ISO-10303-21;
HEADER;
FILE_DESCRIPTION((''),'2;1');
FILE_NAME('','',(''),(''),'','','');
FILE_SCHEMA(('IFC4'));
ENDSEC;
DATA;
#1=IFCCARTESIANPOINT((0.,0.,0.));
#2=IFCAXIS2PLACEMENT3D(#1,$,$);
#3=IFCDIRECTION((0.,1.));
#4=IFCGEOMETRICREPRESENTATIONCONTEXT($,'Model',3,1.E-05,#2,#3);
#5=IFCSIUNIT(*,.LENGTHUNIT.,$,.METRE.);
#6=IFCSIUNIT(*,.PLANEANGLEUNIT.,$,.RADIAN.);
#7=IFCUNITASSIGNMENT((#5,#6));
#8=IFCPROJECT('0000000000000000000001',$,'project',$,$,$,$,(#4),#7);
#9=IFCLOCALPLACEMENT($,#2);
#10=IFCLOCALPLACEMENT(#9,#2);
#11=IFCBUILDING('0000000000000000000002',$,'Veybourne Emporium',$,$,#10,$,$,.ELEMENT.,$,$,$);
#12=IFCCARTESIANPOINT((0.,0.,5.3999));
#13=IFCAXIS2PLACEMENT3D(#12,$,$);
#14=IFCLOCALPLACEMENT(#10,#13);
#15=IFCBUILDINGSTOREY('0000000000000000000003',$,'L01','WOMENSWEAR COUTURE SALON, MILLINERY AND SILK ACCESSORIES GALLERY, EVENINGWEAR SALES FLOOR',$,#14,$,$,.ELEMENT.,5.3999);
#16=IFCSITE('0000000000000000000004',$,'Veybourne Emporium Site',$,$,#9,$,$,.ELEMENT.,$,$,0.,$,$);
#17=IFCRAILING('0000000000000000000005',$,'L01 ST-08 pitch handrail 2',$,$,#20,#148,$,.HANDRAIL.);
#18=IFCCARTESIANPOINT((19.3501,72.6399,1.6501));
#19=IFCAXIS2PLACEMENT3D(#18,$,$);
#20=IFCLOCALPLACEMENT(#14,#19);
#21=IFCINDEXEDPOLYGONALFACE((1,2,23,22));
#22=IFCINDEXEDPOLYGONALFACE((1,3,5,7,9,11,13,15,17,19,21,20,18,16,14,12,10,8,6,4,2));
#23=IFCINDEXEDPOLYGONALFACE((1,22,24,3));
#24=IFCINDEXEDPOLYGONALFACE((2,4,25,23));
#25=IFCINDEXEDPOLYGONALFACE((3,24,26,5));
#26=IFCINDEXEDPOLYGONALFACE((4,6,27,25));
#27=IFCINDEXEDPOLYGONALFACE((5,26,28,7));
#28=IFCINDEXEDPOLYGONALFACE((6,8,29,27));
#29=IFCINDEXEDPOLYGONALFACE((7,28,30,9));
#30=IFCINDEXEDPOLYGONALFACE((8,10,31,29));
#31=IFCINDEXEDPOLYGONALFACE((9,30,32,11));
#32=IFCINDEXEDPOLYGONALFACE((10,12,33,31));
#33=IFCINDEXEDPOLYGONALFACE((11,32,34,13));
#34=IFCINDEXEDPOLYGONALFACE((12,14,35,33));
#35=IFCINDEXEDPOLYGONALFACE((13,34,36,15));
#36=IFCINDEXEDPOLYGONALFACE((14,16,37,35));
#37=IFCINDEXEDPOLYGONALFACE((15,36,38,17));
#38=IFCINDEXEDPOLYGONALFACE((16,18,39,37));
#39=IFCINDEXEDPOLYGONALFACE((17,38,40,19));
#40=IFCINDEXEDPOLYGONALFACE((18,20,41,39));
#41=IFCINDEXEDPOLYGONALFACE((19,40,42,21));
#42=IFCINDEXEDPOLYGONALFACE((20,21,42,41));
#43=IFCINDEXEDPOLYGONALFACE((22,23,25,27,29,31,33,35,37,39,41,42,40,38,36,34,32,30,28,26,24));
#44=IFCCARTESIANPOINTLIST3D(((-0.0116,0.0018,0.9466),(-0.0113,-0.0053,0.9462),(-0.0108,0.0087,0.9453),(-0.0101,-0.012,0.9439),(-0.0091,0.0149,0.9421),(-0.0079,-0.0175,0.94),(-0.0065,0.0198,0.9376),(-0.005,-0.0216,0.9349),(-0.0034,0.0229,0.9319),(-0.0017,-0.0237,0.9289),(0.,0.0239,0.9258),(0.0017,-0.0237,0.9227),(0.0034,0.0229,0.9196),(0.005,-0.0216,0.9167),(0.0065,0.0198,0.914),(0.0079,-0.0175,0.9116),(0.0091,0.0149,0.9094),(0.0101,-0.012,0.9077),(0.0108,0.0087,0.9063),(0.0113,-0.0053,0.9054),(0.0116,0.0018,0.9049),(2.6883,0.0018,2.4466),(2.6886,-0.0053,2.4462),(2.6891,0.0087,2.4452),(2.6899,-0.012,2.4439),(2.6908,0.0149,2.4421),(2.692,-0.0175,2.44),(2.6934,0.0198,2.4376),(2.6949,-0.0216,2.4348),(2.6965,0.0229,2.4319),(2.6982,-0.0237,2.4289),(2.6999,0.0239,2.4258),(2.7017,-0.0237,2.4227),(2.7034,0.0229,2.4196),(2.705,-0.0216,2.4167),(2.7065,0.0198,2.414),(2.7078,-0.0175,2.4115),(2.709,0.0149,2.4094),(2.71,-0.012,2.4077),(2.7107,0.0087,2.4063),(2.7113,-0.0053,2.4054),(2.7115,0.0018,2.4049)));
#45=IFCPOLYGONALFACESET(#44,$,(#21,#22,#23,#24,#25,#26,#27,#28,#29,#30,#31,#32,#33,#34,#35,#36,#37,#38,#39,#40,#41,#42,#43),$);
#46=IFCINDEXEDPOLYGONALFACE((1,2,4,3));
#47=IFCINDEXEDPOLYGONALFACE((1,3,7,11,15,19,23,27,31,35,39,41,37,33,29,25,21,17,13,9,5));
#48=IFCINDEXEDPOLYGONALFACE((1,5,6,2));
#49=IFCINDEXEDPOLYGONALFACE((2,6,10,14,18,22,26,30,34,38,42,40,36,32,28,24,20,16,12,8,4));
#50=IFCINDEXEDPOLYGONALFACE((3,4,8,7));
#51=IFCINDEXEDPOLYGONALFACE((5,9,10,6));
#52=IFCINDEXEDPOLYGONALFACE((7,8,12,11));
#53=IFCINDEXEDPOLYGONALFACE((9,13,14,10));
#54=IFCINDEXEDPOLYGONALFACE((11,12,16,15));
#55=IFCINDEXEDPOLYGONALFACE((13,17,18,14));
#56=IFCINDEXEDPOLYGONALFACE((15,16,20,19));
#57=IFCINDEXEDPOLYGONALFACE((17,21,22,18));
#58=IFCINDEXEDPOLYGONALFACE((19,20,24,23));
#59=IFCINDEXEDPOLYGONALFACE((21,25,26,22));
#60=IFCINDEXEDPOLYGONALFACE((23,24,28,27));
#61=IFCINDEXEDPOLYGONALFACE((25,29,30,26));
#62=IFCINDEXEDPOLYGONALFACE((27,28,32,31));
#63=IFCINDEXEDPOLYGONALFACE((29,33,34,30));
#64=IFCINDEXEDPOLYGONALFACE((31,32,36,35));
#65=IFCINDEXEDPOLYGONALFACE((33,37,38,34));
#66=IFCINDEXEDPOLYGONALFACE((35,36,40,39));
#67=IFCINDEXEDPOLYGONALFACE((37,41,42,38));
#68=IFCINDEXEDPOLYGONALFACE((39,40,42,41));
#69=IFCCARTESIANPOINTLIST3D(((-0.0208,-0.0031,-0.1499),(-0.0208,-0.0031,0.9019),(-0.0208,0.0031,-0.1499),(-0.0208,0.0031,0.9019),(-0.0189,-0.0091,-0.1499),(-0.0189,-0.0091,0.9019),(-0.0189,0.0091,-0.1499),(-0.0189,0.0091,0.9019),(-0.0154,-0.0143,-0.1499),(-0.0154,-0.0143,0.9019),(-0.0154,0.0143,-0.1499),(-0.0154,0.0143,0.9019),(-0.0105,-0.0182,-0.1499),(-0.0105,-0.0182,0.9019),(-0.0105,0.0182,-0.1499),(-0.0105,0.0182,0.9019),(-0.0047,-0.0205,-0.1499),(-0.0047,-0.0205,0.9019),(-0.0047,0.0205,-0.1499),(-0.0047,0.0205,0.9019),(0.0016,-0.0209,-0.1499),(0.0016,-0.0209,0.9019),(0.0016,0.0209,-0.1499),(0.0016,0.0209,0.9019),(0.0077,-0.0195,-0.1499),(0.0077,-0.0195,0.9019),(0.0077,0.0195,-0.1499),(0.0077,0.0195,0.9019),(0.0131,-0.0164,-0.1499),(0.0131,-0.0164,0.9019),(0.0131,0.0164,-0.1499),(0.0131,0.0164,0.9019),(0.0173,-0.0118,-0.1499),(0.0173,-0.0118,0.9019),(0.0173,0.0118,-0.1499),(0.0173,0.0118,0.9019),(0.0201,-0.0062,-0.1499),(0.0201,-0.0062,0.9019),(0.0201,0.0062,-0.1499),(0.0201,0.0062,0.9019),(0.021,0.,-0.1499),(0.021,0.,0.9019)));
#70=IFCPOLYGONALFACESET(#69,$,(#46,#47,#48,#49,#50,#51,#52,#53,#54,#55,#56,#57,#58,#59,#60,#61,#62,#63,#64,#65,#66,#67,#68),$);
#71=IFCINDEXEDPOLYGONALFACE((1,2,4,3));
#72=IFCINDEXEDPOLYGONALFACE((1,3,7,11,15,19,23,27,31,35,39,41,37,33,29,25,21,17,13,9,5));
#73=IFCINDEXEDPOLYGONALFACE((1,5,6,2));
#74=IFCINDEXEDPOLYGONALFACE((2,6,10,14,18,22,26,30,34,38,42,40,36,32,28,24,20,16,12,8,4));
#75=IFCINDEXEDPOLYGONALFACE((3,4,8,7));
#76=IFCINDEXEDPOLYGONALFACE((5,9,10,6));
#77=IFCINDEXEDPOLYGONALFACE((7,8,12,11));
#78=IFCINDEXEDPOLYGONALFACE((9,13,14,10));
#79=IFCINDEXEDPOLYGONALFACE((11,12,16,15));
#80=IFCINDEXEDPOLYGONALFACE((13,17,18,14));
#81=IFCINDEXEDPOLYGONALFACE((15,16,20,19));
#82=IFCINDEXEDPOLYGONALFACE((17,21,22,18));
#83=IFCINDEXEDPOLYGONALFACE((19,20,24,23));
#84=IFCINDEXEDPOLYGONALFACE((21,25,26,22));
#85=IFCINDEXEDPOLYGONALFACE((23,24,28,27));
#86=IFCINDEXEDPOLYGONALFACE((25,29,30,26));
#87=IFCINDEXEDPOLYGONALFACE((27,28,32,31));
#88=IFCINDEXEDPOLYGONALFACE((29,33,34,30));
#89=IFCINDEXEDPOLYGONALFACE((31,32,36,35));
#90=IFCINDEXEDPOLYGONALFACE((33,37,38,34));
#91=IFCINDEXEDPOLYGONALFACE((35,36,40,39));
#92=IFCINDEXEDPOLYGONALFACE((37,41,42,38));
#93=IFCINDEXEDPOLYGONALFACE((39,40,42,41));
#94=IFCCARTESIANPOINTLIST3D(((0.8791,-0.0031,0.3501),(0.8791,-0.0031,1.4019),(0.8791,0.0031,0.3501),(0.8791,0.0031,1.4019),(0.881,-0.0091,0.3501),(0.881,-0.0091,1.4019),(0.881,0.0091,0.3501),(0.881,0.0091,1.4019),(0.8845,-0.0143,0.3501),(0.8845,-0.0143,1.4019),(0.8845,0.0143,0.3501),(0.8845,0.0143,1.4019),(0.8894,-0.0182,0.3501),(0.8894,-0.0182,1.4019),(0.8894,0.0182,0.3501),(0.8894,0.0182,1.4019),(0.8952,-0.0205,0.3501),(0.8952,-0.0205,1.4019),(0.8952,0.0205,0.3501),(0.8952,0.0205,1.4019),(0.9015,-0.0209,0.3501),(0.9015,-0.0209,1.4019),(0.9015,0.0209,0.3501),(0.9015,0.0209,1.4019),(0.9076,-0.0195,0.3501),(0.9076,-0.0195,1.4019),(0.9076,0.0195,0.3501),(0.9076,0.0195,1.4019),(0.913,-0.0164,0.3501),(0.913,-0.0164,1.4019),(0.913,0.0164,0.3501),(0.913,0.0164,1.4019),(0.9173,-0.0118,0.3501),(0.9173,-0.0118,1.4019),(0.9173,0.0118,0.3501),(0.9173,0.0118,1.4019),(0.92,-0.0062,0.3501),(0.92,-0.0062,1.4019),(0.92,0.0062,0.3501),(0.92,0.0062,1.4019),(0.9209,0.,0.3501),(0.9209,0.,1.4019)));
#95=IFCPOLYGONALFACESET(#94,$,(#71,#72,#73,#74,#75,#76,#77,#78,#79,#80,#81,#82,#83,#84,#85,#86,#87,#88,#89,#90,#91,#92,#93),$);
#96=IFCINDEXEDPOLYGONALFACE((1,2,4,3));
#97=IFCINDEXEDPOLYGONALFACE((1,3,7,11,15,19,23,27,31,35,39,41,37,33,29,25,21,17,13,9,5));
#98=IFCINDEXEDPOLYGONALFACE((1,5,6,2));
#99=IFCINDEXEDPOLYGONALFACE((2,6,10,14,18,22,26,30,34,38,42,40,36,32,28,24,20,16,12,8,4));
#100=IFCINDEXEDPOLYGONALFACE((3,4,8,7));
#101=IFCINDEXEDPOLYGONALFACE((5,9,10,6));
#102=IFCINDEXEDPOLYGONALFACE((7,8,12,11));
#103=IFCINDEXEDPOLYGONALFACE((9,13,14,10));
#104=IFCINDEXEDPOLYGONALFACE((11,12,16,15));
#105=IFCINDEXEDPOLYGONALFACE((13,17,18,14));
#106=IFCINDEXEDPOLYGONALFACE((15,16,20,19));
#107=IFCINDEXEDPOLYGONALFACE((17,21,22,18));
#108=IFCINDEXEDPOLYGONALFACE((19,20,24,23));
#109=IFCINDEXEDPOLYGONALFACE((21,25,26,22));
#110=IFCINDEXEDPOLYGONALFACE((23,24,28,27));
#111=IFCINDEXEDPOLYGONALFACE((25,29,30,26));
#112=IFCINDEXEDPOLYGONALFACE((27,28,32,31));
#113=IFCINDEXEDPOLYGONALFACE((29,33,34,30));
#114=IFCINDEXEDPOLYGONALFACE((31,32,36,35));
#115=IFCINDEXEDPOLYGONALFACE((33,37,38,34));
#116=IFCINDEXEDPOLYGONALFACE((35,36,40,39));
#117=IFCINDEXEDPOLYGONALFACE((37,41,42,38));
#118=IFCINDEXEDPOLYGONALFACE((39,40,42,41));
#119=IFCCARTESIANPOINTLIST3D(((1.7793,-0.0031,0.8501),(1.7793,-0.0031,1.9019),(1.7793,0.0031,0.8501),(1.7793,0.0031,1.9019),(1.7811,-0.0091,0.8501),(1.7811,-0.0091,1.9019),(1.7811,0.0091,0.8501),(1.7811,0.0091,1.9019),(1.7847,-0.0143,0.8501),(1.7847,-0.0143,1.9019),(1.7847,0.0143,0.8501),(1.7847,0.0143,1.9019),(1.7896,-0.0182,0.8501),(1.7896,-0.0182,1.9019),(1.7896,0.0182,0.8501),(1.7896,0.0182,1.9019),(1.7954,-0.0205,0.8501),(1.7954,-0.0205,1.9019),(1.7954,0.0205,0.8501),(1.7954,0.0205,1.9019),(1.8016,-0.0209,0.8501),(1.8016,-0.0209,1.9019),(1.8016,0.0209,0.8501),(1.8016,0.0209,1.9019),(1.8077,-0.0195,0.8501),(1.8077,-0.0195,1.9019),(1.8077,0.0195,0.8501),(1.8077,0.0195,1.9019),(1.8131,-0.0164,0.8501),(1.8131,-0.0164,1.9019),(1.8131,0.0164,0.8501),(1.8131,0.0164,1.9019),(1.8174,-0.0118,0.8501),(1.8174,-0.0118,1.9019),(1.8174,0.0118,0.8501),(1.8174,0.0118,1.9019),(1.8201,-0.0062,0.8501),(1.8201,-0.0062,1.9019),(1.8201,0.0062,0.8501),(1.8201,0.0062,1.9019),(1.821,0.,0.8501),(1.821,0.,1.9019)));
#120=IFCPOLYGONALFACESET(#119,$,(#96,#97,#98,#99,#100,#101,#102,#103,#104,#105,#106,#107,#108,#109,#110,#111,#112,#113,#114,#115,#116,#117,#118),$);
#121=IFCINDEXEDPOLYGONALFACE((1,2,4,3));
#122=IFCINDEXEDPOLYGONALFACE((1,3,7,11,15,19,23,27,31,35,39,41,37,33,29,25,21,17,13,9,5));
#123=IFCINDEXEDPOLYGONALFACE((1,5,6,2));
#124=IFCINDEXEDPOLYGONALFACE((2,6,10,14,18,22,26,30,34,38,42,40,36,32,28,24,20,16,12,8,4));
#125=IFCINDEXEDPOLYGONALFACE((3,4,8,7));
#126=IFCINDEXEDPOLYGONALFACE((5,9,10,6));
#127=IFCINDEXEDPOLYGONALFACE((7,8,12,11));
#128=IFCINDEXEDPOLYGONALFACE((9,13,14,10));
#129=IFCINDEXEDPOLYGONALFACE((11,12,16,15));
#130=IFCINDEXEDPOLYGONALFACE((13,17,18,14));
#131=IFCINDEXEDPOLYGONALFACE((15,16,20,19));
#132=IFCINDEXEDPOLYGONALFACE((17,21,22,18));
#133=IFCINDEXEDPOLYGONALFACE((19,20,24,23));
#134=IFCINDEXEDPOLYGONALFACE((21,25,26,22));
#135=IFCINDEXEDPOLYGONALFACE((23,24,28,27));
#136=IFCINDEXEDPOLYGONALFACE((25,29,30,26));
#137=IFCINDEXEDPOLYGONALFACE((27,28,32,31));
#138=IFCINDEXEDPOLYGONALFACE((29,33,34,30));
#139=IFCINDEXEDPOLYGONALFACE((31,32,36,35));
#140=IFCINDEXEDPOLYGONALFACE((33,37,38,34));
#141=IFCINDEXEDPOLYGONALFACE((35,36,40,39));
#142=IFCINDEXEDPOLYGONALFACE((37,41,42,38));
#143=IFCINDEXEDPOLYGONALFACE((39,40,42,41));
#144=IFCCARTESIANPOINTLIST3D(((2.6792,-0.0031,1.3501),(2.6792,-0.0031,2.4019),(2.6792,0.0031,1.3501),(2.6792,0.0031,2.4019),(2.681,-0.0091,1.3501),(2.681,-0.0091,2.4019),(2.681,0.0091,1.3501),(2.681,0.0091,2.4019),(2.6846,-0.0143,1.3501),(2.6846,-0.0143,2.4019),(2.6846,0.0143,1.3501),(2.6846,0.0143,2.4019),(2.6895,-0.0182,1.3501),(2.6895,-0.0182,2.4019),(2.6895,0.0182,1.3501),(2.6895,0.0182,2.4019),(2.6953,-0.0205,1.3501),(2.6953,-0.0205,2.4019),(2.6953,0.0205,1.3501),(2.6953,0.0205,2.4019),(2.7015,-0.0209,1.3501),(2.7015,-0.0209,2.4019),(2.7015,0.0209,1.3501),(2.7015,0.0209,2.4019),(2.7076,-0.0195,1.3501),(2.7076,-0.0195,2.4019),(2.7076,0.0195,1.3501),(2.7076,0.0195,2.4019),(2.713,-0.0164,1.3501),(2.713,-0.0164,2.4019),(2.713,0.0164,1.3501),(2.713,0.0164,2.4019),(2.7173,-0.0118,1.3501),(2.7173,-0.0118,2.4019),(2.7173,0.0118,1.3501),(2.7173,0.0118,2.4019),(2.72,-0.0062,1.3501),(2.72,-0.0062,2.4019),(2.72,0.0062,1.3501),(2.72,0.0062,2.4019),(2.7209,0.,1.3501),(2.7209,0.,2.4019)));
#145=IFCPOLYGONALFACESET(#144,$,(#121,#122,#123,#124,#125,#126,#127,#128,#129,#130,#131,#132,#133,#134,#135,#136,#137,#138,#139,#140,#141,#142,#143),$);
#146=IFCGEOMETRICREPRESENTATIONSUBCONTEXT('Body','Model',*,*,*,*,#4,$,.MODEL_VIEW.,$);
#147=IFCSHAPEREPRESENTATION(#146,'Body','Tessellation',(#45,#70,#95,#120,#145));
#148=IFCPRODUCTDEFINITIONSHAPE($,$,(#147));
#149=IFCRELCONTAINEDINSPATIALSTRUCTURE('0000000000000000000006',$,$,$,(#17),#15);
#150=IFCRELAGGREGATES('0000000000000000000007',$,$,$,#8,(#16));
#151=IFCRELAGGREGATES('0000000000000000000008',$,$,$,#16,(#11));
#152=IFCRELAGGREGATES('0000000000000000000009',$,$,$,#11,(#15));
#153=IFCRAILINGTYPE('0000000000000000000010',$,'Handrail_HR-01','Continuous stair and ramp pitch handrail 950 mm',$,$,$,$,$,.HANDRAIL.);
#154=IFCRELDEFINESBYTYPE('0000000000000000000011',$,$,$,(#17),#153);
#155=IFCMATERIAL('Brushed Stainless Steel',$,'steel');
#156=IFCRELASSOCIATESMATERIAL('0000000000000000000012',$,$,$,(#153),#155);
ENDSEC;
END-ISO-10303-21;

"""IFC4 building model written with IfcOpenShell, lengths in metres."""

from ifc_helpers import new_model, si_unit, direction, frame, origin, origin_2d, place, context, subcontext, project, spatial, circle, extrude, material, type_object, element, save


model = new_model("IFC4")

# Units and contexts
model_context = context("Model", 3, precision=1e-05, world=origin(), true_north=direction((0.0, 1.0)))
body_context = subcontext(model_context, "Body", "Model", "MODEL_VIEW")
ifc_project = project(units=[si_unit("LENGTHUNIT", "METRE"), si_unit("PLANEANGLEUNIT", "RADIAN")], contexts=[model_context])

# Site, building, storey
site_placement = place(None, origin())
site = spatial("IfcSite", under=ifc_project, at=site_placement, Name="Veybourne Emporium Site", CompositionType="ELEMENT", RefElevation=0.0)
building_placement = place(site_placement, origin())
building = spatial("IfcBuilding", under=site, at=building_placement, Name="Veybourne Emporium", CompositionType="ELEMENT")
storey_placement = place(building_placement, frame((0.0, 0.0, 5.3999)))
storey = spatial("IfcBuildingStorey", under=building, at=storey_placement, Name="L01", Description="WOMENSWEAR COUTURE SALON, MILLINERY AND SILK ACCESSORIES GALLERY, EVENINGWEAR SALES FLOOR", CompositionType="ELEMENT", Elevation=5.3999)

# Railing
ifc_material_1 = material(Name="Brushed Stainless Steel", Category="steel")
railing_type = type_object("IfcRailingType", Name="Handrail_HR-01", Description="Continuous stair and ramp pitch handrail 950 mm", PredefinedType="HANDRAIL", material=ifc_material_1)
railing_placement = place(storey_placement, frame((19.3501, 72.6399, 1.6501)))
element("IfcRailing", 1, at=railing_placement, inside=storey, type_object=railing_type, Name="L01 ST-08 pitch handrail 2", PredefinedType="HANDRAIL", context=body_context, shape_type="SweptSolid", body=[
    extrude(circle(Radius=0.0239, at=origin_2d()), frame((0.0, 0.0, 0.9258), z_axis=(0.874154, 0.0, 0.48565), x_axis=(0.0, 1.0, 0.0)), (0.0, 0.0, 1.0), 3.0886),
    extrude(circle(Radius=0.021, at=origin_2d()), frame((0.0, 0.0, -0.1499)), (0.0, 0.0, 1.0), 1.0518),
    extrude(circle(Radius=0.021, at=origin_2d()), frame((0.8999, 0.0, 0.3501)), (0.0, 0.0, 1.0), 1.0518),
    extrude(circle(Radius=0.021, at=origin_2d()), frame((1.8, 0.0, 0.8501)), (0.0, 0.0, 1.0), 1.0518),
    extrude(circle(Radius=0.021, at=origin_2d()), frame((2.7, 0.0, 1.3501)), (0.0, 0.0, 1.0), 1.0518),
])

save(model, "model.ifc")
